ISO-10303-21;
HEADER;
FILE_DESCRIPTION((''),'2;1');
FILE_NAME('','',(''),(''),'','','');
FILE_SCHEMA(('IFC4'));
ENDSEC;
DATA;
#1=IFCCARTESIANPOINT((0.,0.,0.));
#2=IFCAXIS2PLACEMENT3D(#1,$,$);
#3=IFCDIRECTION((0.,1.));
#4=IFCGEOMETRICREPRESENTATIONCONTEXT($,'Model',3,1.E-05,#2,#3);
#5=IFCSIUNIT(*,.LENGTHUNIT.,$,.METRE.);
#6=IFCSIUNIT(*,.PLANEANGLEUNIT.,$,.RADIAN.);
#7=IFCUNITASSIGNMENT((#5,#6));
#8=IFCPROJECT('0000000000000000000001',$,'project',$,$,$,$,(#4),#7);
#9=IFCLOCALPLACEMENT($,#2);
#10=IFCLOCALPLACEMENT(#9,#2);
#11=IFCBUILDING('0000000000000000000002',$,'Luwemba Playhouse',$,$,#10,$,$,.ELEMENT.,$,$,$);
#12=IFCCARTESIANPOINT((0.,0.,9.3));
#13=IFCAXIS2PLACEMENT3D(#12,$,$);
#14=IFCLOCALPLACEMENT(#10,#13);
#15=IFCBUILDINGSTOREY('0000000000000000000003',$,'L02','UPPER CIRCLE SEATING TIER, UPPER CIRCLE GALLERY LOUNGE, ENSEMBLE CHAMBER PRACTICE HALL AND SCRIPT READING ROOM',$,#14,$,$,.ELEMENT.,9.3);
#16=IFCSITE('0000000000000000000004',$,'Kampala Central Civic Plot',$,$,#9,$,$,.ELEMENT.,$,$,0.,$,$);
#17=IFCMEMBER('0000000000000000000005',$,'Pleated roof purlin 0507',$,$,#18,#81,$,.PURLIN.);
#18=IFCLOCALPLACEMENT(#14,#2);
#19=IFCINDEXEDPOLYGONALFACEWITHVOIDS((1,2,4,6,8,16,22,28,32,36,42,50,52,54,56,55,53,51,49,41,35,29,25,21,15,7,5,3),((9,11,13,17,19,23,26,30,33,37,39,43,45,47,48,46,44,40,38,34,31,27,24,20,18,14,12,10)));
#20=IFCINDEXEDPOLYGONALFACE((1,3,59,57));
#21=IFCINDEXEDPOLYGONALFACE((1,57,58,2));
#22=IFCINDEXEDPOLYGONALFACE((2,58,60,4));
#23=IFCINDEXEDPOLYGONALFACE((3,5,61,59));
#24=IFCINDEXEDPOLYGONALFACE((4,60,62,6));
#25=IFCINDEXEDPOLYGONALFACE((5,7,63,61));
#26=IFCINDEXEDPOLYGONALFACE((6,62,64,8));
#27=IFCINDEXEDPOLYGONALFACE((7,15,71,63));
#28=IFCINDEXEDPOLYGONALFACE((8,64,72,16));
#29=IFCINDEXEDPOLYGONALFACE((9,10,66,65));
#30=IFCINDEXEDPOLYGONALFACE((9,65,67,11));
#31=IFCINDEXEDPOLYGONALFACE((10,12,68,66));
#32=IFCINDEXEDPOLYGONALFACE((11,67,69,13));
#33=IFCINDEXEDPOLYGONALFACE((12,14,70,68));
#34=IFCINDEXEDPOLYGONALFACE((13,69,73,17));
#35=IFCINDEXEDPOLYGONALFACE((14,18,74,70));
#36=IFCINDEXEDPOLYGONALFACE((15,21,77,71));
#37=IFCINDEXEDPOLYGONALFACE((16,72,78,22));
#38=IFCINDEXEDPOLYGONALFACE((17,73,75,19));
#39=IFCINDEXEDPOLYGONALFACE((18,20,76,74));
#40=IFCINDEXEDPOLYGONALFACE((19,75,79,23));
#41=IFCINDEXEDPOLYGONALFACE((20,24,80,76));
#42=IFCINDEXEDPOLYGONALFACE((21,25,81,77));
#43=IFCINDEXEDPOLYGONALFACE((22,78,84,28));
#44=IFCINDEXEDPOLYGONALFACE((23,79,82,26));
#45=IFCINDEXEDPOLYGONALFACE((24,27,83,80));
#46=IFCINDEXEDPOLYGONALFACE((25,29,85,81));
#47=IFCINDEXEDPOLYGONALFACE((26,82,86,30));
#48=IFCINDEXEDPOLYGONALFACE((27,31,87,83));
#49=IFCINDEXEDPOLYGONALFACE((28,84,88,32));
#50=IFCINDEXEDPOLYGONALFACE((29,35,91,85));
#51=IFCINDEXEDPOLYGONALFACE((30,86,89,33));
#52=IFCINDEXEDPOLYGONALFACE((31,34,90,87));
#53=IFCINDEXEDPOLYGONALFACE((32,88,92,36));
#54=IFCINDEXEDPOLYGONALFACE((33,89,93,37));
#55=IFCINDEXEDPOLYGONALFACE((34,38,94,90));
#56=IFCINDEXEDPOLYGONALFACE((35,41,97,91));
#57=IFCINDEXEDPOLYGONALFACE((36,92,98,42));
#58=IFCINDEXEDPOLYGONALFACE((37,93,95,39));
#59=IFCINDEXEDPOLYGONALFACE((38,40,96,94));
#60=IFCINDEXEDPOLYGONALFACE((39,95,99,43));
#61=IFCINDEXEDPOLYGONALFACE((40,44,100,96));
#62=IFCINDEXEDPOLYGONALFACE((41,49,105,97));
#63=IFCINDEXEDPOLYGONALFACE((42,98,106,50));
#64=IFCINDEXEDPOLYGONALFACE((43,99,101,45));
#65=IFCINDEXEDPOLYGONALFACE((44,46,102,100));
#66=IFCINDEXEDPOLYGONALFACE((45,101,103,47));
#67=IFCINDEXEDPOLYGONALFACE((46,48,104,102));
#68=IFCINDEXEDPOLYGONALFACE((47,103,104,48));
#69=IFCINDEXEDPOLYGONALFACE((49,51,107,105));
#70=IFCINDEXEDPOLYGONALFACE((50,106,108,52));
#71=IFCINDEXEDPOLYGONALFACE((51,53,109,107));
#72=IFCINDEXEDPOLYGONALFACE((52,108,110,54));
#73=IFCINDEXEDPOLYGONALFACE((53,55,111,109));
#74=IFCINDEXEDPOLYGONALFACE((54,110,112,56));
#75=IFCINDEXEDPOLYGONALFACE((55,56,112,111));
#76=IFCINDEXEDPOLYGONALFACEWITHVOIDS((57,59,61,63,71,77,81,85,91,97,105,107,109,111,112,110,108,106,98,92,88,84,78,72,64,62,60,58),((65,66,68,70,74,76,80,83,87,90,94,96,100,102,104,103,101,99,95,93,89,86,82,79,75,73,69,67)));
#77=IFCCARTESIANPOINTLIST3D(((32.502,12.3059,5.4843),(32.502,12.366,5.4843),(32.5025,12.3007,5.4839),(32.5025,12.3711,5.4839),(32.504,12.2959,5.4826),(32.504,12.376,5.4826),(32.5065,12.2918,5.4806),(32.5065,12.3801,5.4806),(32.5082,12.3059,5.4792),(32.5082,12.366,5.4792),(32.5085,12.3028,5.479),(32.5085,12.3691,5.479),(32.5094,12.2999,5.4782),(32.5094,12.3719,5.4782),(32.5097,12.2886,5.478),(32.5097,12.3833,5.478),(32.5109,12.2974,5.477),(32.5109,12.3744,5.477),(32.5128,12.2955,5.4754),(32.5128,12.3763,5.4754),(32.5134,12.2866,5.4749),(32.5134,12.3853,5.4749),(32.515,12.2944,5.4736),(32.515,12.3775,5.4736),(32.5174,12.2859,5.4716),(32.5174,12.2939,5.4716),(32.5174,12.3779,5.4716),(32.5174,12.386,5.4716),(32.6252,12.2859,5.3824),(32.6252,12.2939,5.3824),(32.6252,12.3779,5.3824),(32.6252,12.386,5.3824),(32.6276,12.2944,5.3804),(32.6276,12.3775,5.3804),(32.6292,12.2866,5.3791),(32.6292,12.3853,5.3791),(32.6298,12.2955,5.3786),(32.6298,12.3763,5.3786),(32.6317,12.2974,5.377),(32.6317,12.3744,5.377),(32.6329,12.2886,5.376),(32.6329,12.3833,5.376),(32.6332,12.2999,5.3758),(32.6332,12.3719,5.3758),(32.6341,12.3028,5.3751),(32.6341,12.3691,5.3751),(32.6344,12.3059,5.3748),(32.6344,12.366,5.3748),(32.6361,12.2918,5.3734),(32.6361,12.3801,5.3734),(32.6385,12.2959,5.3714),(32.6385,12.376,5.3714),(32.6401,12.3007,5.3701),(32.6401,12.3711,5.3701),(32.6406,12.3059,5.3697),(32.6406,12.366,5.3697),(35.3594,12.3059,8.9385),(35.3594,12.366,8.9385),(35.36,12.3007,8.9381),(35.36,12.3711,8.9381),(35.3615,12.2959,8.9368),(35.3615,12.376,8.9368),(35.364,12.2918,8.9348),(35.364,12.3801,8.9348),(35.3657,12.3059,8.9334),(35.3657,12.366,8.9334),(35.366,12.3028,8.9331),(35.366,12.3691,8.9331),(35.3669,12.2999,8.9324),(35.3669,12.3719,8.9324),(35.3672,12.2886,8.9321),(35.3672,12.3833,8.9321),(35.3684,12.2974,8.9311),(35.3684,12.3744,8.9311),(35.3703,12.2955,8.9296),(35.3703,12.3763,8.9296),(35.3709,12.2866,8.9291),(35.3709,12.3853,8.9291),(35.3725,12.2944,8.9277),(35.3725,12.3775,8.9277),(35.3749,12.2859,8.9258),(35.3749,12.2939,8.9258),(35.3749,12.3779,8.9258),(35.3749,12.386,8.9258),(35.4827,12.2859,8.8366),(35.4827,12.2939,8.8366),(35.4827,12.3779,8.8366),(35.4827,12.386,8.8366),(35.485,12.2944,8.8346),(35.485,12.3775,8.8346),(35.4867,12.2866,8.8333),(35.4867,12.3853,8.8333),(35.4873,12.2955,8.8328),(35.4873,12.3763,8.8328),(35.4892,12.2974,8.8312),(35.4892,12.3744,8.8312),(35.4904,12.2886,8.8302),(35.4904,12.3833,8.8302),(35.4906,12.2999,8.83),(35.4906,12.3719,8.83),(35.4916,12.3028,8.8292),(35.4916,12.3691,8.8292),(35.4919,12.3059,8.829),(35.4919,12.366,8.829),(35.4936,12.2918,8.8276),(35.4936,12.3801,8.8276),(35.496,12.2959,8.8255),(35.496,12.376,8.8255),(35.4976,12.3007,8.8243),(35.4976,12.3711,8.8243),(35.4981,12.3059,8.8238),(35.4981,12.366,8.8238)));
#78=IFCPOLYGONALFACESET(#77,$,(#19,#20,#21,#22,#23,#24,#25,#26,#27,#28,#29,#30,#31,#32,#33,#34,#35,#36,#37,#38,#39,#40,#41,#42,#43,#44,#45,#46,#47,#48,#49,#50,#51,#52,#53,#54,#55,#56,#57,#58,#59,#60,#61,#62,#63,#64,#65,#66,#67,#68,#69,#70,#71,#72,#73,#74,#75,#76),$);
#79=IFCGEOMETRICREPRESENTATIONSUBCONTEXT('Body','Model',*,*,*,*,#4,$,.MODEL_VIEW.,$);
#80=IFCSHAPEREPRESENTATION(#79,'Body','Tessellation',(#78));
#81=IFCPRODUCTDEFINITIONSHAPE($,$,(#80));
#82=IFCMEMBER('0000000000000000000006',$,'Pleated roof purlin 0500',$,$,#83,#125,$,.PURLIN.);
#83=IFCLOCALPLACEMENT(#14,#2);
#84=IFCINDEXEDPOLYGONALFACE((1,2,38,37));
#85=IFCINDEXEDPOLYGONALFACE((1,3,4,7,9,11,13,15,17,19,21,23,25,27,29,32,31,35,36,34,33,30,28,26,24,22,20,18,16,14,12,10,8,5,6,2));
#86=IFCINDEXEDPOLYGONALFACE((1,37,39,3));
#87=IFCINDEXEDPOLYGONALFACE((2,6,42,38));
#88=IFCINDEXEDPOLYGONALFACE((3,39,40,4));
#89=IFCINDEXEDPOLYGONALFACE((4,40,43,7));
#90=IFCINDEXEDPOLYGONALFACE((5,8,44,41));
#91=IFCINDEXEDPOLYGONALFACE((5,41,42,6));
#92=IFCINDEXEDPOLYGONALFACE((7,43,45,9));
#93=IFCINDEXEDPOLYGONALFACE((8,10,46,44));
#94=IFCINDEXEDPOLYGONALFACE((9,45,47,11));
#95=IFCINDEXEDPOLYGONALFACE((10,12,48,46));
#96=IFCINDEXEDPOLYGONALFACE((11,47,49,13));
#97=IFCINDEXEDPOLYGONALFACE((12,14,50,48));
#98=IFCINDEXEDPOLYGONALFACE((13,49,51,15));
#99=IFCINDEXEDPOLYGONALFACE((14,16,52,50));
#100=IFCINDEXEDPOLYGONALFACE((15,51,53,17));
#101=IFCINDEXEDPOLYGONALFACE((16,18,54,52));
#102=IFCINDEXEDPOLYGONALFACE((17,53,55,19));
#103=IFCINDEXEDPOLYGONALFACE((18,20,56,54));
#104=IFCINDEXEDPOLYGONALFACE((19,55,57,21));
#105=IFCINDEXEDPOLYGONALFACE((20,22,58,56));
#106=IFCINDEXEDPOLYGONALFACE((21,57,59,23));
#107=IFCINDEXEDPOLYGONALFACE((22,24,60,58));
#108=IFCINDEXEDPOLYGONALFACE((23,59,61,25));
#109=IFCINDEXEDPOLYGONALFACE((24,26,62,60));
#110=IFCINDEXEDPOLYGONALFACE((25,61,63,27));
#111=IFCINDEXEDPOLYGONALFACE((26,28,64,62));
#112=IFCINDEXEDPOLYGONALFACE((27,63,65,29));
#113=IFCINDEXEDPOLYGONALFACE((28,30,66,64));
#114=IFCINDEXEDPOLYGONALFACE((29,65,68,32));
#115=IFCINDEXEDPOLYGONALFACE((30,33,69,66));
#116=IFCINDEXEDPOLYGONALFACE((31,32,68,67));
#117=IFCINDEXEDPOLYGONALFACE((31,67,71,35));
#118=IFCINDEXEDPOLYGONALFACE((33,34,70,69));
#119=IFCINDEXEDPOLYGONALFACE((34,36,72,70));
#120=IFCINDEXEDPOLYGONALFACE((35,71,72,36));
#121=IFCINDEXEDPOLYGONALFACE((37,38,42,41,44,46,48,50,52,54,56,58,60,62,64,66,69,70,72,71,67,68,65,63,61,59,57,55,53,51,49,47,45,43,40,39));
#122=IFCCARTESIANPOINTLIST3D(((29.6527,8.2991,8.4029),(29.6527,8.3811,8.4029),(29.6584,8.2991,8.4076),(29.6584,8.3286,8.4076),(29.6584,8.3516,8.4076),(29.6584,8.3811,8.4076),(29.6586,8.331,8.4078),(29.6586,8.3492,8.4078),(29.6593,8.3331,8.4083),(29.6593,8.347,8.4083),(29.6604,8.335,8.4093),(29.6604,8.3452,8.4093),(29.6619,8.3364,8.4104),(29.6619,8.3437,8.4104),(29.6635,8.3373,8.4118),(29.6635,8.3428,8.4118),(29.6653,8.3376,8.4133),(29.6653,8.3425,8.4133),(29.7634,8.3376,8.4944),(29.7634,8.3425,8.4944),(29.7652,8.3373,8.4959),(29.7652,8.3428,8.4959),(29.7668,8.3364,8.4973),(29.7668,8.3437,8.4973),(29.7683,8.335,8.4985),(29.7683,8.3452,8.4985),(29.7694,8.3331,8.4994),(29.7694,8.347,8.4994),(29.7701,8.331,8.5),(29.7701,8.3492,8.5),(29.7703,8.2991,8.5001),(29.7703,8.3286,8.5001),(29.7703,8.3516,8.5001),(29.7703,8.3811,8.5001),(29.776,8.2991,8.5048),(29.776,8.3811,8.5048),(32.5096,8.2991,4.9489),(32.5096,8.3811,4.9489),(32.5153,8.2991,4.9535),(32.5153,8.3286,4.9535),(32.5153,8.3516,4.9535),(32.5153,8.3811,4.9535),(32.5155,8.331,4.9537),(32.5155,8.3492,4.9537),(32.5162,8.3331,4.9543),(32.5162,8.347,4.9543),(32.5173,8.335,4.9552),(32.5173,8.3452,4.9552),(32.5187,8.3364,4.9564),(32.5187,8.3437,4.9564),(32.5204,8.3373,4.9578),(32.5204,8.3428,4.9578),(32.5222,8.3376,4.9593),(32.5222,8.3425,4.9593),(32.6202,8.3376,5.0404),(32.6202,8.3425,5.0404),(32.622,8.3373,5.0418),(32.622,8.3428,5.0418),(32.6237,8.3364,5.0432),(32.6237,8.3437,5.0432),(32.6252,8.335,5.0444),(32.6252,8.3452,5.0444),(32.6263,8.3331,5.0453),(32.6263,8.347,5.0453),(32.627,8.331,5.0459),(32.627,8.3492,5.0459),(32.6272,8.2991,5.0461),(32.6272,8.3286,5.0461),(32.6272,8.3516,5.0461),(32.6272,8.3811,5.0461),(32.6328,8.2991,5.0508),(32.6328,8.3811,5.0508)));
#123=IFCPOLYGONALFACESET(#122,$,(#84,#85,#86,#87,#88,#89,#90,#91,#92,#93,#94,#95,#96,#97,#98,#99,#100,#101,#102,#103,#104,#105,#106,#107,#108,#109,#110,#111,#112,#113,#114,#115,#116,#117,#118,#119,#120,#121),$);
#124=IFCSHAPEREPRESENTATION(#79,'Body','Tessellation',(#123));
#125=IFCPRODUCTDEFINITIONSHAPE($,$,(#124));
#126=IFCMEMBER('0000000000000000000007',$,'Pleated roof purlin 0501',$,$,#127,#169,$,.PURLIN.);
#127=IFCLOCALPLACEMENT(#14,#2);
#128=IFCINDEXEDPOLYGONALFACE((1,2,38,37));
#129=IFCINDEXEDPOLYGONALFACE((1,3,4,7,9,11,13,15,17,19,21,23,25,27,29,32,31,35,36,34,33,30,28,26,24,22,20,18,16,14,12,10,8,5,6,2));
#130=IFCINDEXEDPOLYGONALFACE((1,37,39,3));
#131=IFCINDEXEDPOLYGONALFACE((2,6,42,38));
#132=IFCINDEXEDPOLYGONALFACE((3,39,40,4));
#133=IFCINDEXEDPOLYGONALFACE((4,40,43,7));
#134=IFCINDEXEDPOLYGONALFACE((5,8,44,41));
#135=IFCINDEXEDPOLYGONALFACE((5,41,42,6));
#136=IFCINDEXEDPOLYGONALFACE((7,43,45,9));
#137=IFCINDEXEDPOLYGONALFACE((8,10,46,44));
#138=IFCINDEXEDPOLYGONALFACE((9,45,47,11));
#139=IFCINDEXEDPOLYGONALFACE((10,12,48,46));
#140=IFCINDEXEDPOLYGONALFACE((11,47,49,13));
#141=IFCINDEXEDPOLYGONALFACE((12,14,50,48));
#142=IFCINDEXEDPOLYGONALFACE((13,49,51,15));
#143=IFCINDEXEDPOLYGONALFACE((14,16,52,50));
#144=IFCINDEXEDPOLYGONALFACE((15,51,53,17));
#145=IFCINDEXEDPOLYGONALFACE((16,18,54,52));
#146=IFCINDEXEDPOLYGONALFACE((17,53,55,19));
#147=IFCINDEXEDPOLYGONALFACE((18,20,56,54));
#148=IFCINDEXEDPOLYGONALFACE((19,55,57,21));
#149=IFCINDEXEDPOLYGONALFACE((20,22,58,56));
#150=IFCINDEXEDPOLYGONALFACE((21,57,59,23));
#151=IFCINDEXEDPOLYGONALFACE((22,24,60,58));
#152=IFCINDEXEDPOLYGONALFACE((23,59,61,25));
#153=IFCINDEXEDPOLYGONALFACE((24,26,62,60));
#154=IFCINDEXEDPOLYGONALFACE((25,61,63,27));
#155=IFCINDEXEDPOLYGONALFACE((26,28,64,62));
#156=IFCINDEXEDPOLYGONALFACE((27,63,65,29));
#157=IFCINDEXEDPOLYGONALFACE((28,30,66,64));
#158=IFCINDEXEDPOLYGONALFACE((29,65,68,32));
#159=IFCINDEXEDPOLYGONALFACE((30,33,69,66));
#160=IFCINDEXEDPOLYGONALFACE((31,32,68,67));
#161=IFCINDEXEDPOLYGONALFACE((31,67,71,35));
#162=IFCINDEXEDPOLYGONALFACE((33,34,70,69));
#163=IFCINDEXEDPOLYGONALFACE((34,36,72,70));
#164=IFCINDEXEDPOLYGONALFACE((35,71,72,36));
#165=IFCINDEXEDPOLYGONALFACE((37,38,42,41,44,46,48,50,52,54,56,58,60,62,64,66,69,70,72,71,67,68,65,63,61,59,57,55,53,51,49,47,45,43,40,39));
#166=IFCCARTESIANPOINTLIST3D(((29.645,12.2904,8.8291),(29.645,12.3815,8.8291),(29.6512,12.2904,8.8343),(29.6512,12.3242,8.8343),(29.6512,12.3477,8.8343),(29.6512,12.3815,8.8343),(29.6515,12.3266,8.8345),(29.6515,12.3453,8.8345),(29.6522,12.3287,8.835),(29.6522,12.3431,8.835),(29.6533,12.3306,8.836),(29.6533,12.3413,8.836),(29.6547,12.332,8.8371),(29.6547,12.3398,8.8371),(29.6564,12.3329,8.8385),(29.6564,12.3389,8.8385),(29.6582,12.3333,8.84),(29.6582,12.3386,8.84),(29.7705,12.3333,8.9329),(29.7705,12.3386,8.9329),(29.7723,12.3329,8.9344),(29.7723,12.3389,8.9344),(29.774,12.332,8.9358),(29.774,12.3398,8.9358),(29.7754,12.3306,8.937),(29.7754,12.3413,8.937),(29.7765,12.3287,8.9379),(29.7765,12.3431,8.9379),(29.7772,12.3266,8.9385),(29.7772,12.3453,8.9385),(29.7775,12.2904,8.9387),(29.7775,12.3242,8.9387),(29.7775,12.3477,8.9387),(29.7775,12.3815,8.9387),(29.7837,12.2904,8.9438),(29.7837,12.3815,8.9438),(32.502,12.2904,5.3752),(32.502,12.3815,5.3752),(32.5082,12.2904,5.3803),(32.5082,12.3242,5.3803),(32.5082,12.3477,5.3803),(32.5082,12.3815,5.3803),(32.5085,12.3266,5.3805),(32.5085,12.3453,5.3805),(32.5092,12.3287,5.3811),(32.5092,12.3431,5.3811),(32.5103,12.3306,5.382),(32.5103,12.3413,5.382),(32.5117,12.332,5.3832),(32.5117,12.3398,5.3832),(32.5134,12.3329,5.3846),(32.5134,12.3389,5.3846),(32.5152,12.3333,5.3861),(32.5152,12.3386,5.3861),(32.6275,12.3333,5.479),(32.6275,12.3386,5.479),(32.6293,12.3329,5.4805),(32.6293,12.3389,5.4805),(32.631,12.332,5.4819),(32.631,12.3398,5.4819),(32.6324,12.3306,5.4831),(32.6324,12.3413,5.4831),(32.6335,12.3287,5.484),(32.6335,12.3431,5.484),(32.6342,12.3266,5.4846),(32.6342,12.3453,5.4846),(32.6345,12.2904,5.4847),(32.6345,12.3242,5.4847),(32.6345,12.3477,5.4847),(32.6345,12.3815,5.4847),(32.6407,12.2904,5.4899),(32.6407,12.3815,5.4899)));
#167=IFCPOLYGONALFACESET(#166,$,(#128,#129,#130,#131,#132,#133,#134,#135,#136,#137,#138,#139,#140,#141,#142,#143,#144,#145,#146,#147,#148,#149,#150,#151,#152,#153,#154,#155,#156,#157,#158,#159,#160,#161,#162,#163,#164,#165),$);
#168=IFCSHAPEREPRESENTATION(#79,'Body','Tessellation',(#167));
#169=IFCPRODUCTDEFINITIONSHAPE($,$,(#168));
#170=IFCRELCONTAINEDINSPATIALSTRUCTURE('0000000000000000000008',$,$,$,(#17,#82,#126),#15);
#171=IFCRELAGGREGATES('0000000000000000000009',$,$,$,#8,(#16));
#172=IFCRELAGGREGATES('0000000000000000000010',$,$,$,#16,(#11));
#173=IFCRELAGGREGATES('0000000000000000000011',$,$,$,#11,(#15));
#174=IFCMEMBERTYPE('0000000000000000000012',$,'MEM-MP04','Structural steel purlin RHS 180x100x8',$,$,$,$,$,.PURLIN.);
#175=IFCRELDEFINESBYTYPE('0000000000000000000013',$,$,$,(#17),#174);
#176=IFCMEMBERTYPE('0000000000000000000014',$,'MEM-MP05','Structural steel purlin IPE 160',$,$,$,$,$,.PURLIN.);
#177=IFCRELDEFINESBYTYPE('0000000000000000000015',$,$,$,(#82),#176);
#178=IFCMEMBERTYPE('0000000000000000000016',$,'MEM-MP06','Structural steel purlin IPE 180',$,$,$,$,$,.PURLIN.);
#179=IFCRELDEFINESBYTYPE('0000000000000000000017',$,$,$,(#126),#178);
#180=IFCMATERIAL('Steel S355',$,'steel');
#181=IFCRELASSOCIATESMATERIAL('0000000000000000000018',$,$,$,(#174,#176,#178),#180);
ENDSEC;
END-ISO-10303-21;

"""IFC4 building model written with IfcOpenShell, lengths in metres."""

from ifc_helpers import new_model, si_unit, direction, frame, origin, origin_2d, place, context, subcontext, project, spatial, hollow_rectangle, i_section, extrude, material, material_profile, profile_set, type_object, element, save


model = new_model("IFC4")

# Units and contexts
model_context = context("Model", 3, precision=1e-05, world=origin(), true_north=direction((0.0, 1.0)))
body_context = subcontext(model_context, "Body", "Model", "MODEL_VIEW")
ifc_project = project(units=[si_unit("LENGTHUNIT", "METRE"), si_unit("PLANEANGLEUNIT", "RADIAN")], contexts=[model_context])

# Site, building, storey
site_placement = place(None, origin())
site = spatial("IfcSite", under=ifc_project, at=site_placement, Name="Kampala Central Civic Plot", CompositionType="ELEMENT", RefElevation=0.0)
building_placement = place(site_placement, origin())
building = spatial("IfcBuilding", under=site, at=building_placement, Name="Luwemba Playhouse", CompositionType="ELEMENT")
storey_placement = place(building_placement, frame((0.0, 0.0, 9.3)))
storey = spatial("IfcBuildingStorey", under=building, at=storey_placement, Name="L02", Description="UPPER CIRCLE SEATING TIER, UPPER CIRCLE GALLERY LOUNGE, ENSEMBLE CHAMBER PRACTICE HALL AND SCRIPT READING ROOM", CompositionType="ELEMENT", Elevation=9.3)

# Shared definitions
ifc_material_1 = material(Name="Steel S355", Category="steel")

# Members
ifc_material_profile_1 = material_profile(ifc_material_1, hollow_rectangle(XDim=0.1001, YDim=0.1799, WallThickness=0.0081, InnerFilletRadius=0.012, OuterFilletRadius=0.02, at=origin_2d()))
ifc_profile_set_1 = profile_set([ifc_material_profile_1], Name="Steel S355")
member_type_1 = type_object("IfcMemberType", Name="MEM-MP04", Description="Structural steel purlin RHS 180x100x8", PredefinedType="PURLIN", material=ifc_profile_set_1)
member_1_placement = place(storey_placement, frame((32.5713, 12.3359, 5.427), z_axis=(0.637416, 0.0, 0.77052), x_axis=(0.0, 1.0, 0.0)))
element("IfcMember", 1, at=member_1_placement, inside=storey, type_object=member_type_1, Name="Pleated roof purlin 0507", PredefinedType="PURLIN", context=body_context, shape_type="SweptSolid", body=[
    extrude(hollow_rectangle(XDim=0.1001, YDim=0.1799, WallThickness=0.0081, InnerFilletRadius=0.012, OuterFilletRadius=0.02, at=origin_2d()), origin(), (0.0, 0.0, 1.0), 4.4829),
])
ifc_material_profile_2 = material_profile(ifc_material_1, i_section(OverallWidth=0.082, OverallDepth=0.1599, WebThickness=0.0049, FlangeThickness=0.0073, FilletRadius=0.009, at=origin_2d()))
ifc_profile_set_2 = profile_set([ifc_material_profile_2], Name="Steel S355")
member_type_2 = type_object("IfcMemberType", Name="MEM-MP05", Description="Structural steel purlin IPE 160", PredefinedType="PURLIN", material=ifc_profile_set_2)
member_2_placement = place(storey_placement, frame((29.7144, 8.3401, 8.4539), z_axis=(0.637351, 0.0, -0.770573), x_axis=(0.0, 1.0, 0.0)))
element("IfcMember", 2, at=member_2_placement, inside=storey, type_object=member_type_2, Name="Pleated roof purlin 0500", PredefinedType="PURLIN", context=body_context, shape_type="SweptSolid", body=[
    extrude(i_section(OverallWidth=0.082, OverallDepth=0.1599, WebThickness=0.0049, FlangeThickness=0.0073, FilletRadius=0.009, at=origin_2d()), origin(), (0.0, 0.0, 1.0), 4.4824),
])
ifc_material_profile_3 = material_profile(ifc_material_1, i_section(OverallWidth=0.0911, OverallDepth=0.1799, WebThickness=0.0054, FlangeThickness=0.0081, FilletRadius=0.009, at=origin_2d()))
ifc_profile_set_3 = profile_set([ifc_material_profile_3], Name="Steel S355")
member_type_3 = type_object("IfcMemberType", Name="MEM-MP06", Description="Structural steel purlin IPE 180", PredefinedType="PURLIN", material=ifc_profile_set_3)
member_3_placement = place(storey_placement, frame((29.7144, 12.3359, 8.8865), z_axis=(0.637378, 0.0, -0.770551), x_axis=(0.0, 1.0, 0.0)))
element("IfcMember", 3, at=member_3_placement, inside=storey, type_object=member_type_3, Name="Pleated roof purlin 0501", PredefinedType="PURLIN", context=body_context, shape_type="SweptSolid", body=[
    extrude(i_section(OverallWidth=0.0911, OverallDepth=0.1799, WebThickness=0.0054, FlangeThickness=0.0081, FilletRadius=0.009, at=origin_2d()), origin(), (0.0, 0.0, 1.0), 4.4824),
])

save(model, "model.ifc")
